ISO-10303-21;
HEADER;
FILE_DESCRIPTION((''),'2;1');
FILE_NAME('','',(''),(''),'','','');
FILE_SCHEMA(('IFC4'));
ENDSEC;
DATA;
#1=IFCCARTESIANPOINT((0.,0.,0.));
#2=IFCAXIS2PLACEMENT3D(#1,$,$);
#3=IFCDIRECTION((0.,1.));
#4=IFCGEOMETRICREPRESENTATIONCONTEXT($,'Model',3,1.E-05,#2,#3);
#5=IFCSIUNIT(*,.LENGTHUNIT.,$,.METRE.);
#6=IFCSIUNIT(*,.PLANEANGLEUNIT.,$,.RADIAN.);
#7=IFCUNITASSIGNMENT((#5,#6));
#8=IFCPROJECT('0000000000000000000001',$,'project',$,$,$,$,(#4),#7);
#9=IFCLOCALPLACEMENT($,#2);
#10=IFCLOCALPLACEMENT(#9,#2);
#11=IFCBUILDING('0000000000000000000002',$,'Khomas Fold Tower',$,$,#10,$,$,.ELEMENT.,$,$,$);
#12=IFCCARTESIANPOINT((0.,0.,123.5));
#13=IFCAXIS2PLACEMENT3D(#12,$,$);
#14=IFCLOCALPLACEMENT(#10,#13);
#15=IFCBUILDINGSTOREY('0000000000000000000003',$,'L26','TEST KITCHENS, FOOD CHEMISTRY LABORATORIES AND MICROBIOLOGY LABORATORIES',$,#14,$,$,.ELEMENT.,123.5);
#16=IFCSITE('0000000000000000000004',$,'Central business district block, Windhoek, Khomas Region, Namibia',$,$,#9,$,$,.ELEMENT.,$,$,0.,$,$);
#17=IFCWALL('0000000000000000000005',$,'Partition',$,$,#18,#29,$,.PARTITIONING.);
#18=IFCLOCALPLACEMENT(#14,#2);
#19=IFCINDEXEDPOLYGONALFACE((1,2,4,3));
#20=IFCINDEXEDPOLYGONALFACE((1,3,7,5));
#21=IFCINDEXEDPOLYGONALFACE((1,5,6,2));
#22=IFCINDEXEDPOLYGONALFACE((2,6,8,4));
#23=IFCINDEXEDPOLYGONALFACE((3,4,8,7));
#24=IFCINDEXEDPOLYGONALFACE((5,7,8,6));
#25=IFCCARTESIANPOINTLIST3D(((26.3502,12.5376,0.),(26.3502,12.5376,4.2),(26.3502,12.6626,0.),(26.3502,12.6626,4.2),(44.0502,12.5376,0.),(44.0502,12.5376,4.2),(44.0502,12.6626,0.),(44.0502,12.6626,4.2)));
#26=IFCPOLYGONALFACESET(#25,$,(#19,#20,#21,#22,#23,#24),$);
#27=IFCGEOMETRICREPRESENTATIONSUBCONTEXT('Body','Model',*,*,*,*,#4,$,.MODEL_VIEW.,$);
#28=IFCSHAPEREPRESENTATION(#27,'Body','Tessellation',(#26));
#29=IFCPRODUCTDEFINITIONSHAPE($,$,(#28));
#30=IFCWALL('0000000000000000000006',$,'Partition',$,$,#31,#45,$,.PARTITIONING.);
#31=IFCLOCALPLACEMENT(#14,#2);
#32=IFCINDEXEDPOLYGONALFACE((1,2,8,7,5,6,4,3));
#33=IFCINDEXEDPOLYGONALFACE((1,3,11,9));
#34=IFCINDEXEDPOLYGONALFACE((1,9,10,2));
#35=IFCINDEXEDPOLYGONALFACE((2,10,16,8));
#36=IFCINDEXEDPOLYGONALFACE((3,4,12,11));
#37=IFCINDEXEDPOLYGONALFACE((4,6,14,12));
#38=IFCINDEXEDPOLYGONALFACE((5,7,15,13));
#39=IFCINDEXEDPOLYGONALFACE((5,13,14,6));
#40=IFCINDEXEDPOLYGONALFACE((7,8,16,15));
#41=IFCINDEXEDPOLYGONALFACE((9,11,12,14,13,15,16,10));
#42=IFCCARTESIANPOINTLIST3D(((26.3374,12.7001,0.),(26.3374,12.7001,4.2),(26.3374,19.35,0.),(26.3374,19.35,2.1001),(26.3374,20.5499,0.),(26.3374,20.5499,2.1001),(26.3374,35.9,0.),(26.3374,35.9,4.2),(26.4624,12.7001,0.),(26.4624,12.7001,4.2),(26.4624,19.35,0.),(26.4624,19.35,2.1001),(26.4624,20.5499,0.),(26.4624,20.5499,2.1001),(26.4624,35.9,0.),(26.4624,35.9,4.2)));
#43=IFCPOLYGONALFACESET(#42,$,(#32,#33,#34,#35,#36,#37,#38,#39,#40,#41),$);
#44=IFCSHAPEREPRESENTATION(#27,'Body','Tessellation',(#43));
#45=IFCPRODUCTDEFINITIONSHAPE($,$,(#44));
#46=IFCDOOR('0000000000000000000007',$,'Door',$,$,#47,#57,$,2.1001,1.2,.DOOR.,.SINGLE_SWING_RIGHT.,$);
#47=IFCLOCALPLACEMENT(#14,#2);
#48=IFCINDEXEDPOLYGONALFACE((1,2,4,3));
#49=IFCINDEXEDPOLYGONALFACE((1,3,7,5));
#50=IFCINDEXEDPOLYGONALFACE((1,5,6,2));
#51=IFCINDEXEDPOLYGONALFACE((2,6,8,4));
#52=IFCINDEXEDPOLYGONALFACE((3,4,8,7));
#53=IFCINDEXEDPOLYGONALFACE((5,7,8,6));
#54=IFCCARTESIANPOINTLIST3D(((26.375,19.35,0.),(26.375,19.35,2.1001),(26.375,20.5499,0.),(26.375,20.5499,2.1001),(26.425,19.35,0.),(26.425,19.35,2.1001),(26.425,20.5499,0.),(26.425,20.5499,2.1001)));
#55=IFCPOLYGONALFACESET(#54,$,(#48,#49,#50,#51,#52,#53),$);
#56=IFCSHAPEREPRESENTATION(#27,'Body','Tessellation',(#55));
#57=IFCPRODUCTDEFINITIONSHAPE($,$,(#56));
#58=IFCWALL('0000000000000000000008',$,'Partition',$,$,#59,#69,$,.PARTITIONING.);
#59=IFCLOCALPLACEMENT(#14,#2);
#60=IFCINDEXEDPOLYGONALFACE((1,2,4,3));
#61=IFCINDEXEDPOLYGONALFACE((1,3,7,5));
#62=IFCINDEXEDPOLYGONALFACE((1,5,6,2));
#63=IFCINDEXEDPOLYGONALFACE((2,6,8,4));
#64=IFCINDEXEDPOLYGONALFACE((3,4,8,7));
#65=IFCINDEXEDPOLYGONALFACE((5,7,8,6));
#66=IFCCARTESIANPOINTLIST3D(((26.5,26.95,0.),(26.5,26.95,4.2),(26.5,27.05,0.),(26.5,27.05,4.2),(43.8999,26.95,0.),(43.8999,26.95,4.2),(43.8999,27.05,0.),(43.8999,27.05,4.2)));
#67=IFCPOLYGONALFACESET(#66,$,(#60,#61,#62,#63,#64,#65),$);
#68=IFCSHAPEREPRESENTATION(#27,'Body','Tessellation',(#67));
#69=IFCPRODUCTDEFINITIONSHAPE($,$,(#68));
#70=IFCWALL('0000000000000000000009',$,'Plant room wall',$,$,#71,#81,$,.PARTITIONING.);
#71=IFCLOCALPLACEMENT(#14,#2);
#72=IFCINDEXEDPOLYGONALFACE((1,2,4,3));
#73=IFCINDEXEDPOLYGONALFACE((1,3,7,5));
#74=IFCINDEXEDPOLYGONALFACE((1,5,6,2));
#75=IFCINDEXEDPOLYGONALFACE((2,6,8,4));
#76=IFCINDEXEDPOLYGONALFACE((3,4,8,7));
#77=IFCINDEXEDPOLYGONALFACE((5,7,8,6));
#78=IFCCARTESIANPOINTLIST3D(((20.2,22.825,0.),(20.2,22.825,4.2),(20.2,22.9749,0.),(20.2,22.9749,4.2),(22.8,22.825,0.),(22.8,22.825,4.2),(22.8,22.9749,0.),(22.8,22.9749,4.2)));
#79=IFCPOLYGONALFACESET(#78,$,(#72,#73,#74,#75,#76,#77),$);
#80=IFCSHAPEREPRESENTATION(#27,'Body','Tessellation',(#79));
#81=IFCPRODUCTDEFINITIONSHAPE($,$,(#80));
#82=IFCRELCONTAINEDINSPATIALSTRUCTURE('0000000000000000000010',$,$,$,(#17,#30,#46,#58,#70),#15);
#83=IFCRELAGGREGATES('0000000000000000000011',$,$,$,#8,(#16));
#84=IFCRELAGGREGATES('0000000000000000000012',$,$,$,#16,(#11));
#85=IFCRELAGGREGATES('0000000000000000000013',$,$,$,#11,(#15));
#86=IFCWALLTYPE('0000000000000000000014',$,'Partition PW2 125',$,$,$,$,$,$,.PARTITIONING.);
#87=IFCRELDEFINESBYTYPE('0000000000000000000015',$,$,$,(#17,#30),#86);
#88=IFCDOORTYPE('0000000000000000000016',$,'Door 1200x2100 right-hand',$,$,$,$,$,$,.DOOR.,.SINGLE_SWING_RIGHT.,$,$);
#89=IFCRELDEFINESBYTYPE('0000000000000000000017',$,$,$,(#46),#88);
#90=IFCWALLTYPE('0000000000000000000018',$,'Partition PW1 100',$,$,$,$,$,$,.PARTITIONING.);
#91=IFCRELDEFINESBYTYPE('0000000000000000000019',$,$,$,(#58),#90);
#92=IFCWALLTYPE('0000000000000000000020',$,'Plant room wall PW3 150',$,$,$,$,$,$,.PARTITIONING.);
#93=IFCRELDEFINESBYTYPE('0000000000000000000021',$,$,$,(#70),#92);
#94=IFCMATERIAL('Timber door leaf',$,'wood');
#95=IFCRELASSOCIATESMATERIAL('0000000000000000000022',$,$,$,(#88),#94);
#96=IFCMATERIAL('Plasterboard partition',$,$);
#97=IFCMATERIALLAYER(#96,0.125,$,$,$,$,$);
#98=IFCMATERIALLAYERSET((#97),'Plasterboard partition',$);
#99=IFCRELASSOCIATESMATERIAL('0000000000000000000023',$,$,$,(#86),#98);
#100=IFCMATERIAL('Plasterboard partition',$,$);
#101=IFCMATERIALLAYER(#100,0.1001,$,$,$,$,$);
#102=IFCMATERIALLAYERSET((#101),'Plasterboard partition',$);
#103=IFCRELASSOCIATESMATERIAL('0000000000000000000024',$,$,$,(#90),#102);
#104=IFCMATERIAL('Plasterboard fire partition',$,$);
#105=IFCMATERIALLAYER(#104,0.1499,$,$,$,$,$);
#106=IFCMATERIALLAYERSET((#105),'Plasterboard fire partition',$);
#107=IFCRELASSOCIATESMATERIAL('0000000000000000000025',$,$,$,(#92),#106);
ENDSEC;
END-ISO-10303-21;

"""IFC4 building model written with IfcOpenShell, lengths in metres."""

from ifc_helpers import new_model, si_unit, direction, frame, frame_2d, origin, place, context, subcontext, project, spatial, rectangle, extrude, source, transform, mapped, material, layer, layer_set, type_object, element, fill, save


model = new_model("IFC4")

# Units and contexts
model_context = context("Model", 3, precision=1e-05, world=origin(), true_north=direction((0.0, 1.0)))
body_context = subcontext(model_context, "Body", "Model", "MODEL_VIEW")
ifc_project = project(units=[si_unit("LENGTHUNIT", "METRE"), si_unit("PLANEANGLEUNIT", "RADIAN")], contexts=[model_context])

# Site, building, storey
site_placement = place(None, origin())
site = spatial("IfcSite", under=ifc_project, at=site_placement, Name="Central business district block, Windhoek, Khomas Region, Namibia", CompositionType="ELEMENT", RefElevation=0.0)
building_placement = place(site_placement, origin())
building = spatial("IfcBuilding", under=site, at=building_placement, Name="Khomas Fold Tower", CompositionType="ELEMENT")
storey_placement = place(building_placement, frame((0.0, 0.0, 123.5)))
storey = spatial("IfcBuildingStorey", under=building, at=storey_placement, Name="L26", Description="TEST KITCHENS, FOOD CHEMISTRY LABORATORIES AND MICROBIOLOGY LABORATORIES", CompositionType="ELEMENT", Elevation=123.5)

# Shared definitions
ifc_material_1 = material(Name="Timber door leaf", Category="wood")
door_type_1 = type_object("IfcDoorType", Name="Door 1200x2100 right-hand", OperationType="SINGLE_SWING_RIGHT", PredefinedType="DOOR", material=ifc_material_1)

# Shared definitions
ifc_material_2 = material(Name="Plasterboard partition")
ifc_layer_1 = layer(ifc_material_2, 0.125)
ifc_layer_set_1 = layer_set([ifc_layer_1], Name="Plasterboard partition")
wall_type_1 = type_object("IfcWallType", Name="Partition PW2 125", PredefinedType="PARTITIONING", material=ifc_layer_set_1)
shared_shape_1 = source(origin(), body_context, "Body", "SweptSolid", [
    extrude(rectangle(XDim=1.2, YDim=2.1001, at=frame_2d((0.6001, 1.05))), frame((0.0, 0.0725, 0.0), z_axis=(0.0, -1.0, 0.0), x_axis=(1.0, 0.0, 0.0)), (0.0, 0.0, 1.0), 0.145),
])
shared_shape_2 = source(origin(), body_context, "Body", "SweptSolid", [
    extrude(rectangle(XDim=1.2, YDim=2.1001, at=frame_2d((0.6001, 1.05))), frame((0.0, 0.0249, 0.0), z_axis=(0.0, -1.0, 0.0), x_axis=(1.0, 0.0, 0.0)), (0.0, 0.0, 1.0), 0.05),
])

# Wall
shared_shape_3 = source(origin(), body_context, "Body", "SweptSolid", [
    extrude(rectangle(XDim=17.7, YDim=0.125, at=frame_2d((8.8501, 0.0))), origin(), (0.0, 0.0, 1.0), 4.2),
])
wall_1_placement = place(storey_placement, frame((26.3501, 12.6001, 0.0), z_axis=(0.0, 0.0, 1.0), x_axis=(1.0, 0.0, 0.0)))
element("IfcWall", 1, at=wall_1_placement, inside=storey, type_object=wall_type_1, Name="Partition", PredefinedType="PARTITIONING", context=body_context, shape_type="MappedRepresentation", body=[
    mapped(shared_shape_3, transform((0.0, 0.0, 0.0))),
])

# Wall, opening, door
shared_shape_4 = source(origin(), body_context, "Body", "SweptSolid", [
    extrude(rectangle(XDim=23.2, YDim=0.125, at=frame_2d((11.6001, 0.0))), origin(), (0.0, 0.0, 1.0), 4.2),
])
wall_2_placement = place(storey_placement, frame((26.3999, 12.7, 0.0), z_axis=(0.0, 0.0, 1.0), x_axis=(0.0, 1.0, 0.0)))
wall_2 = element("IfcWall", 2, at=wall_2_placement, inside=storey, type_object=wall_type_1, Name="Partition", PredefinedType="PARTITIONING", context=body_context, shape_type="MappedRepresentation", body=[
    mapped(shared_shape_4, transform((0.0, 0.0, 0.0))),
])
opening_1_placement = place(wall_2_placement, frame((6.6499, 0.0, 0.0)))
opening_1 = element("IfcOpeningElement", 3, at=opening_1_placement, cuts=wall_2, PredefinedType="OPENING", context=body_context, shape_type="MappedRepresentation", body=[
    mapped(shared_shape_1, transform((0.0, 0.0, 0.0))),
])
door_1_placement = place(opening_1_placement, origin())
door_1 = element("IfcDoor", 4, at=door_1_placement, inside=storey, type_object=door_type_1, Name="Door", OperationType="SINGLE_SWING_RIGHT", OverallHeight=2.1001, OverallWidth=1.2, PredefinedType="DOOR", context=body_context, shape_type="MappedRepresentation", body=[
    mapped(shared_shape_2, transform((0.0, 0.0, 0.0))),
])
fill(opening_1, door_1)

# Walls
ifc_material_3 = material(Name="Plasterboard partition")
ifc_layer_2 = layer(ifc_material_3, 0.1001)
ifc_layer_set_2 = layer_set([ifc_layer_2], Name="Plasterboard partition")
wall_type_2 = type_object("IfcWallType", Name="Partition PW1 100", PredefinedType="PARTITIONING", material=ifc_layer_set_2)
shared_shape_5 = source(origin(), body_context, "Body", "SweptSolid", [
    extrude(rectangle(XDim=17.3999, YDim=0.1001, at=frame_2d((8.7, 0.0))), origin(), (0.0, 0.0, 1.0), 4.2),
])
wall_3_placement = place(storey_placement, frame((26.5, 27.0, 0.0), z_axis=(0.0, 0.0, 1.0), x_axis=(1.0, 0.0, 0.0)))
element("IfcWall", 5, at=wall_3_placement, inside=storey, type_object=wall_type_2, Name="Partition", PredefinedType="PARTITIONING", context=body_context, shape_type="MappedRepresentation", body=[
    mapped(shared_shape_5, transform((0.0, 0.0, 0.0))),
])
ifc_material_4 = material(Name="Plasterboard fire partition")
ifc_layer_3 = layer(ifc_material_4, 0.1499)
ifc_layer_set_3 = layer_set([ifc_layer_3], Name="Plasterboard fire partition")
wall_type_3 = type_object("IfcWallType", Name="Plant room wall PW3 150", PredefinedType="PARTITIONING", material=ifc_layer_set_3)
shared_shape_6 = source(origin(), body_context, "Body", "SweptSolid", [
    extrude(rectangle(XDim=2.6001, YDim=0.1499, at=frame_2d((1.3, 0.0))), origin(), (0.0, 0.0, 1.0), 4.2),
])
wall_4_placement = place(storey_placement, frame((20.2, 22.8999, 0.0), z_axis=(0.0, 0.0, 1.0), x_axis=(1.0, 0.0, 0.0)))
element("IfcWall", 6, at=wall_4_placement, inside=storey, type_object=wall_type_3, Name="Plant room wall", PredefinedType="PARTITIONING", context=body_context, shape_type="MappedRepresentation", body=[
    mapped(shared_shape_6, transform((0.0, 0.0, 0.0))),
])

save(model, "model.ifc")
